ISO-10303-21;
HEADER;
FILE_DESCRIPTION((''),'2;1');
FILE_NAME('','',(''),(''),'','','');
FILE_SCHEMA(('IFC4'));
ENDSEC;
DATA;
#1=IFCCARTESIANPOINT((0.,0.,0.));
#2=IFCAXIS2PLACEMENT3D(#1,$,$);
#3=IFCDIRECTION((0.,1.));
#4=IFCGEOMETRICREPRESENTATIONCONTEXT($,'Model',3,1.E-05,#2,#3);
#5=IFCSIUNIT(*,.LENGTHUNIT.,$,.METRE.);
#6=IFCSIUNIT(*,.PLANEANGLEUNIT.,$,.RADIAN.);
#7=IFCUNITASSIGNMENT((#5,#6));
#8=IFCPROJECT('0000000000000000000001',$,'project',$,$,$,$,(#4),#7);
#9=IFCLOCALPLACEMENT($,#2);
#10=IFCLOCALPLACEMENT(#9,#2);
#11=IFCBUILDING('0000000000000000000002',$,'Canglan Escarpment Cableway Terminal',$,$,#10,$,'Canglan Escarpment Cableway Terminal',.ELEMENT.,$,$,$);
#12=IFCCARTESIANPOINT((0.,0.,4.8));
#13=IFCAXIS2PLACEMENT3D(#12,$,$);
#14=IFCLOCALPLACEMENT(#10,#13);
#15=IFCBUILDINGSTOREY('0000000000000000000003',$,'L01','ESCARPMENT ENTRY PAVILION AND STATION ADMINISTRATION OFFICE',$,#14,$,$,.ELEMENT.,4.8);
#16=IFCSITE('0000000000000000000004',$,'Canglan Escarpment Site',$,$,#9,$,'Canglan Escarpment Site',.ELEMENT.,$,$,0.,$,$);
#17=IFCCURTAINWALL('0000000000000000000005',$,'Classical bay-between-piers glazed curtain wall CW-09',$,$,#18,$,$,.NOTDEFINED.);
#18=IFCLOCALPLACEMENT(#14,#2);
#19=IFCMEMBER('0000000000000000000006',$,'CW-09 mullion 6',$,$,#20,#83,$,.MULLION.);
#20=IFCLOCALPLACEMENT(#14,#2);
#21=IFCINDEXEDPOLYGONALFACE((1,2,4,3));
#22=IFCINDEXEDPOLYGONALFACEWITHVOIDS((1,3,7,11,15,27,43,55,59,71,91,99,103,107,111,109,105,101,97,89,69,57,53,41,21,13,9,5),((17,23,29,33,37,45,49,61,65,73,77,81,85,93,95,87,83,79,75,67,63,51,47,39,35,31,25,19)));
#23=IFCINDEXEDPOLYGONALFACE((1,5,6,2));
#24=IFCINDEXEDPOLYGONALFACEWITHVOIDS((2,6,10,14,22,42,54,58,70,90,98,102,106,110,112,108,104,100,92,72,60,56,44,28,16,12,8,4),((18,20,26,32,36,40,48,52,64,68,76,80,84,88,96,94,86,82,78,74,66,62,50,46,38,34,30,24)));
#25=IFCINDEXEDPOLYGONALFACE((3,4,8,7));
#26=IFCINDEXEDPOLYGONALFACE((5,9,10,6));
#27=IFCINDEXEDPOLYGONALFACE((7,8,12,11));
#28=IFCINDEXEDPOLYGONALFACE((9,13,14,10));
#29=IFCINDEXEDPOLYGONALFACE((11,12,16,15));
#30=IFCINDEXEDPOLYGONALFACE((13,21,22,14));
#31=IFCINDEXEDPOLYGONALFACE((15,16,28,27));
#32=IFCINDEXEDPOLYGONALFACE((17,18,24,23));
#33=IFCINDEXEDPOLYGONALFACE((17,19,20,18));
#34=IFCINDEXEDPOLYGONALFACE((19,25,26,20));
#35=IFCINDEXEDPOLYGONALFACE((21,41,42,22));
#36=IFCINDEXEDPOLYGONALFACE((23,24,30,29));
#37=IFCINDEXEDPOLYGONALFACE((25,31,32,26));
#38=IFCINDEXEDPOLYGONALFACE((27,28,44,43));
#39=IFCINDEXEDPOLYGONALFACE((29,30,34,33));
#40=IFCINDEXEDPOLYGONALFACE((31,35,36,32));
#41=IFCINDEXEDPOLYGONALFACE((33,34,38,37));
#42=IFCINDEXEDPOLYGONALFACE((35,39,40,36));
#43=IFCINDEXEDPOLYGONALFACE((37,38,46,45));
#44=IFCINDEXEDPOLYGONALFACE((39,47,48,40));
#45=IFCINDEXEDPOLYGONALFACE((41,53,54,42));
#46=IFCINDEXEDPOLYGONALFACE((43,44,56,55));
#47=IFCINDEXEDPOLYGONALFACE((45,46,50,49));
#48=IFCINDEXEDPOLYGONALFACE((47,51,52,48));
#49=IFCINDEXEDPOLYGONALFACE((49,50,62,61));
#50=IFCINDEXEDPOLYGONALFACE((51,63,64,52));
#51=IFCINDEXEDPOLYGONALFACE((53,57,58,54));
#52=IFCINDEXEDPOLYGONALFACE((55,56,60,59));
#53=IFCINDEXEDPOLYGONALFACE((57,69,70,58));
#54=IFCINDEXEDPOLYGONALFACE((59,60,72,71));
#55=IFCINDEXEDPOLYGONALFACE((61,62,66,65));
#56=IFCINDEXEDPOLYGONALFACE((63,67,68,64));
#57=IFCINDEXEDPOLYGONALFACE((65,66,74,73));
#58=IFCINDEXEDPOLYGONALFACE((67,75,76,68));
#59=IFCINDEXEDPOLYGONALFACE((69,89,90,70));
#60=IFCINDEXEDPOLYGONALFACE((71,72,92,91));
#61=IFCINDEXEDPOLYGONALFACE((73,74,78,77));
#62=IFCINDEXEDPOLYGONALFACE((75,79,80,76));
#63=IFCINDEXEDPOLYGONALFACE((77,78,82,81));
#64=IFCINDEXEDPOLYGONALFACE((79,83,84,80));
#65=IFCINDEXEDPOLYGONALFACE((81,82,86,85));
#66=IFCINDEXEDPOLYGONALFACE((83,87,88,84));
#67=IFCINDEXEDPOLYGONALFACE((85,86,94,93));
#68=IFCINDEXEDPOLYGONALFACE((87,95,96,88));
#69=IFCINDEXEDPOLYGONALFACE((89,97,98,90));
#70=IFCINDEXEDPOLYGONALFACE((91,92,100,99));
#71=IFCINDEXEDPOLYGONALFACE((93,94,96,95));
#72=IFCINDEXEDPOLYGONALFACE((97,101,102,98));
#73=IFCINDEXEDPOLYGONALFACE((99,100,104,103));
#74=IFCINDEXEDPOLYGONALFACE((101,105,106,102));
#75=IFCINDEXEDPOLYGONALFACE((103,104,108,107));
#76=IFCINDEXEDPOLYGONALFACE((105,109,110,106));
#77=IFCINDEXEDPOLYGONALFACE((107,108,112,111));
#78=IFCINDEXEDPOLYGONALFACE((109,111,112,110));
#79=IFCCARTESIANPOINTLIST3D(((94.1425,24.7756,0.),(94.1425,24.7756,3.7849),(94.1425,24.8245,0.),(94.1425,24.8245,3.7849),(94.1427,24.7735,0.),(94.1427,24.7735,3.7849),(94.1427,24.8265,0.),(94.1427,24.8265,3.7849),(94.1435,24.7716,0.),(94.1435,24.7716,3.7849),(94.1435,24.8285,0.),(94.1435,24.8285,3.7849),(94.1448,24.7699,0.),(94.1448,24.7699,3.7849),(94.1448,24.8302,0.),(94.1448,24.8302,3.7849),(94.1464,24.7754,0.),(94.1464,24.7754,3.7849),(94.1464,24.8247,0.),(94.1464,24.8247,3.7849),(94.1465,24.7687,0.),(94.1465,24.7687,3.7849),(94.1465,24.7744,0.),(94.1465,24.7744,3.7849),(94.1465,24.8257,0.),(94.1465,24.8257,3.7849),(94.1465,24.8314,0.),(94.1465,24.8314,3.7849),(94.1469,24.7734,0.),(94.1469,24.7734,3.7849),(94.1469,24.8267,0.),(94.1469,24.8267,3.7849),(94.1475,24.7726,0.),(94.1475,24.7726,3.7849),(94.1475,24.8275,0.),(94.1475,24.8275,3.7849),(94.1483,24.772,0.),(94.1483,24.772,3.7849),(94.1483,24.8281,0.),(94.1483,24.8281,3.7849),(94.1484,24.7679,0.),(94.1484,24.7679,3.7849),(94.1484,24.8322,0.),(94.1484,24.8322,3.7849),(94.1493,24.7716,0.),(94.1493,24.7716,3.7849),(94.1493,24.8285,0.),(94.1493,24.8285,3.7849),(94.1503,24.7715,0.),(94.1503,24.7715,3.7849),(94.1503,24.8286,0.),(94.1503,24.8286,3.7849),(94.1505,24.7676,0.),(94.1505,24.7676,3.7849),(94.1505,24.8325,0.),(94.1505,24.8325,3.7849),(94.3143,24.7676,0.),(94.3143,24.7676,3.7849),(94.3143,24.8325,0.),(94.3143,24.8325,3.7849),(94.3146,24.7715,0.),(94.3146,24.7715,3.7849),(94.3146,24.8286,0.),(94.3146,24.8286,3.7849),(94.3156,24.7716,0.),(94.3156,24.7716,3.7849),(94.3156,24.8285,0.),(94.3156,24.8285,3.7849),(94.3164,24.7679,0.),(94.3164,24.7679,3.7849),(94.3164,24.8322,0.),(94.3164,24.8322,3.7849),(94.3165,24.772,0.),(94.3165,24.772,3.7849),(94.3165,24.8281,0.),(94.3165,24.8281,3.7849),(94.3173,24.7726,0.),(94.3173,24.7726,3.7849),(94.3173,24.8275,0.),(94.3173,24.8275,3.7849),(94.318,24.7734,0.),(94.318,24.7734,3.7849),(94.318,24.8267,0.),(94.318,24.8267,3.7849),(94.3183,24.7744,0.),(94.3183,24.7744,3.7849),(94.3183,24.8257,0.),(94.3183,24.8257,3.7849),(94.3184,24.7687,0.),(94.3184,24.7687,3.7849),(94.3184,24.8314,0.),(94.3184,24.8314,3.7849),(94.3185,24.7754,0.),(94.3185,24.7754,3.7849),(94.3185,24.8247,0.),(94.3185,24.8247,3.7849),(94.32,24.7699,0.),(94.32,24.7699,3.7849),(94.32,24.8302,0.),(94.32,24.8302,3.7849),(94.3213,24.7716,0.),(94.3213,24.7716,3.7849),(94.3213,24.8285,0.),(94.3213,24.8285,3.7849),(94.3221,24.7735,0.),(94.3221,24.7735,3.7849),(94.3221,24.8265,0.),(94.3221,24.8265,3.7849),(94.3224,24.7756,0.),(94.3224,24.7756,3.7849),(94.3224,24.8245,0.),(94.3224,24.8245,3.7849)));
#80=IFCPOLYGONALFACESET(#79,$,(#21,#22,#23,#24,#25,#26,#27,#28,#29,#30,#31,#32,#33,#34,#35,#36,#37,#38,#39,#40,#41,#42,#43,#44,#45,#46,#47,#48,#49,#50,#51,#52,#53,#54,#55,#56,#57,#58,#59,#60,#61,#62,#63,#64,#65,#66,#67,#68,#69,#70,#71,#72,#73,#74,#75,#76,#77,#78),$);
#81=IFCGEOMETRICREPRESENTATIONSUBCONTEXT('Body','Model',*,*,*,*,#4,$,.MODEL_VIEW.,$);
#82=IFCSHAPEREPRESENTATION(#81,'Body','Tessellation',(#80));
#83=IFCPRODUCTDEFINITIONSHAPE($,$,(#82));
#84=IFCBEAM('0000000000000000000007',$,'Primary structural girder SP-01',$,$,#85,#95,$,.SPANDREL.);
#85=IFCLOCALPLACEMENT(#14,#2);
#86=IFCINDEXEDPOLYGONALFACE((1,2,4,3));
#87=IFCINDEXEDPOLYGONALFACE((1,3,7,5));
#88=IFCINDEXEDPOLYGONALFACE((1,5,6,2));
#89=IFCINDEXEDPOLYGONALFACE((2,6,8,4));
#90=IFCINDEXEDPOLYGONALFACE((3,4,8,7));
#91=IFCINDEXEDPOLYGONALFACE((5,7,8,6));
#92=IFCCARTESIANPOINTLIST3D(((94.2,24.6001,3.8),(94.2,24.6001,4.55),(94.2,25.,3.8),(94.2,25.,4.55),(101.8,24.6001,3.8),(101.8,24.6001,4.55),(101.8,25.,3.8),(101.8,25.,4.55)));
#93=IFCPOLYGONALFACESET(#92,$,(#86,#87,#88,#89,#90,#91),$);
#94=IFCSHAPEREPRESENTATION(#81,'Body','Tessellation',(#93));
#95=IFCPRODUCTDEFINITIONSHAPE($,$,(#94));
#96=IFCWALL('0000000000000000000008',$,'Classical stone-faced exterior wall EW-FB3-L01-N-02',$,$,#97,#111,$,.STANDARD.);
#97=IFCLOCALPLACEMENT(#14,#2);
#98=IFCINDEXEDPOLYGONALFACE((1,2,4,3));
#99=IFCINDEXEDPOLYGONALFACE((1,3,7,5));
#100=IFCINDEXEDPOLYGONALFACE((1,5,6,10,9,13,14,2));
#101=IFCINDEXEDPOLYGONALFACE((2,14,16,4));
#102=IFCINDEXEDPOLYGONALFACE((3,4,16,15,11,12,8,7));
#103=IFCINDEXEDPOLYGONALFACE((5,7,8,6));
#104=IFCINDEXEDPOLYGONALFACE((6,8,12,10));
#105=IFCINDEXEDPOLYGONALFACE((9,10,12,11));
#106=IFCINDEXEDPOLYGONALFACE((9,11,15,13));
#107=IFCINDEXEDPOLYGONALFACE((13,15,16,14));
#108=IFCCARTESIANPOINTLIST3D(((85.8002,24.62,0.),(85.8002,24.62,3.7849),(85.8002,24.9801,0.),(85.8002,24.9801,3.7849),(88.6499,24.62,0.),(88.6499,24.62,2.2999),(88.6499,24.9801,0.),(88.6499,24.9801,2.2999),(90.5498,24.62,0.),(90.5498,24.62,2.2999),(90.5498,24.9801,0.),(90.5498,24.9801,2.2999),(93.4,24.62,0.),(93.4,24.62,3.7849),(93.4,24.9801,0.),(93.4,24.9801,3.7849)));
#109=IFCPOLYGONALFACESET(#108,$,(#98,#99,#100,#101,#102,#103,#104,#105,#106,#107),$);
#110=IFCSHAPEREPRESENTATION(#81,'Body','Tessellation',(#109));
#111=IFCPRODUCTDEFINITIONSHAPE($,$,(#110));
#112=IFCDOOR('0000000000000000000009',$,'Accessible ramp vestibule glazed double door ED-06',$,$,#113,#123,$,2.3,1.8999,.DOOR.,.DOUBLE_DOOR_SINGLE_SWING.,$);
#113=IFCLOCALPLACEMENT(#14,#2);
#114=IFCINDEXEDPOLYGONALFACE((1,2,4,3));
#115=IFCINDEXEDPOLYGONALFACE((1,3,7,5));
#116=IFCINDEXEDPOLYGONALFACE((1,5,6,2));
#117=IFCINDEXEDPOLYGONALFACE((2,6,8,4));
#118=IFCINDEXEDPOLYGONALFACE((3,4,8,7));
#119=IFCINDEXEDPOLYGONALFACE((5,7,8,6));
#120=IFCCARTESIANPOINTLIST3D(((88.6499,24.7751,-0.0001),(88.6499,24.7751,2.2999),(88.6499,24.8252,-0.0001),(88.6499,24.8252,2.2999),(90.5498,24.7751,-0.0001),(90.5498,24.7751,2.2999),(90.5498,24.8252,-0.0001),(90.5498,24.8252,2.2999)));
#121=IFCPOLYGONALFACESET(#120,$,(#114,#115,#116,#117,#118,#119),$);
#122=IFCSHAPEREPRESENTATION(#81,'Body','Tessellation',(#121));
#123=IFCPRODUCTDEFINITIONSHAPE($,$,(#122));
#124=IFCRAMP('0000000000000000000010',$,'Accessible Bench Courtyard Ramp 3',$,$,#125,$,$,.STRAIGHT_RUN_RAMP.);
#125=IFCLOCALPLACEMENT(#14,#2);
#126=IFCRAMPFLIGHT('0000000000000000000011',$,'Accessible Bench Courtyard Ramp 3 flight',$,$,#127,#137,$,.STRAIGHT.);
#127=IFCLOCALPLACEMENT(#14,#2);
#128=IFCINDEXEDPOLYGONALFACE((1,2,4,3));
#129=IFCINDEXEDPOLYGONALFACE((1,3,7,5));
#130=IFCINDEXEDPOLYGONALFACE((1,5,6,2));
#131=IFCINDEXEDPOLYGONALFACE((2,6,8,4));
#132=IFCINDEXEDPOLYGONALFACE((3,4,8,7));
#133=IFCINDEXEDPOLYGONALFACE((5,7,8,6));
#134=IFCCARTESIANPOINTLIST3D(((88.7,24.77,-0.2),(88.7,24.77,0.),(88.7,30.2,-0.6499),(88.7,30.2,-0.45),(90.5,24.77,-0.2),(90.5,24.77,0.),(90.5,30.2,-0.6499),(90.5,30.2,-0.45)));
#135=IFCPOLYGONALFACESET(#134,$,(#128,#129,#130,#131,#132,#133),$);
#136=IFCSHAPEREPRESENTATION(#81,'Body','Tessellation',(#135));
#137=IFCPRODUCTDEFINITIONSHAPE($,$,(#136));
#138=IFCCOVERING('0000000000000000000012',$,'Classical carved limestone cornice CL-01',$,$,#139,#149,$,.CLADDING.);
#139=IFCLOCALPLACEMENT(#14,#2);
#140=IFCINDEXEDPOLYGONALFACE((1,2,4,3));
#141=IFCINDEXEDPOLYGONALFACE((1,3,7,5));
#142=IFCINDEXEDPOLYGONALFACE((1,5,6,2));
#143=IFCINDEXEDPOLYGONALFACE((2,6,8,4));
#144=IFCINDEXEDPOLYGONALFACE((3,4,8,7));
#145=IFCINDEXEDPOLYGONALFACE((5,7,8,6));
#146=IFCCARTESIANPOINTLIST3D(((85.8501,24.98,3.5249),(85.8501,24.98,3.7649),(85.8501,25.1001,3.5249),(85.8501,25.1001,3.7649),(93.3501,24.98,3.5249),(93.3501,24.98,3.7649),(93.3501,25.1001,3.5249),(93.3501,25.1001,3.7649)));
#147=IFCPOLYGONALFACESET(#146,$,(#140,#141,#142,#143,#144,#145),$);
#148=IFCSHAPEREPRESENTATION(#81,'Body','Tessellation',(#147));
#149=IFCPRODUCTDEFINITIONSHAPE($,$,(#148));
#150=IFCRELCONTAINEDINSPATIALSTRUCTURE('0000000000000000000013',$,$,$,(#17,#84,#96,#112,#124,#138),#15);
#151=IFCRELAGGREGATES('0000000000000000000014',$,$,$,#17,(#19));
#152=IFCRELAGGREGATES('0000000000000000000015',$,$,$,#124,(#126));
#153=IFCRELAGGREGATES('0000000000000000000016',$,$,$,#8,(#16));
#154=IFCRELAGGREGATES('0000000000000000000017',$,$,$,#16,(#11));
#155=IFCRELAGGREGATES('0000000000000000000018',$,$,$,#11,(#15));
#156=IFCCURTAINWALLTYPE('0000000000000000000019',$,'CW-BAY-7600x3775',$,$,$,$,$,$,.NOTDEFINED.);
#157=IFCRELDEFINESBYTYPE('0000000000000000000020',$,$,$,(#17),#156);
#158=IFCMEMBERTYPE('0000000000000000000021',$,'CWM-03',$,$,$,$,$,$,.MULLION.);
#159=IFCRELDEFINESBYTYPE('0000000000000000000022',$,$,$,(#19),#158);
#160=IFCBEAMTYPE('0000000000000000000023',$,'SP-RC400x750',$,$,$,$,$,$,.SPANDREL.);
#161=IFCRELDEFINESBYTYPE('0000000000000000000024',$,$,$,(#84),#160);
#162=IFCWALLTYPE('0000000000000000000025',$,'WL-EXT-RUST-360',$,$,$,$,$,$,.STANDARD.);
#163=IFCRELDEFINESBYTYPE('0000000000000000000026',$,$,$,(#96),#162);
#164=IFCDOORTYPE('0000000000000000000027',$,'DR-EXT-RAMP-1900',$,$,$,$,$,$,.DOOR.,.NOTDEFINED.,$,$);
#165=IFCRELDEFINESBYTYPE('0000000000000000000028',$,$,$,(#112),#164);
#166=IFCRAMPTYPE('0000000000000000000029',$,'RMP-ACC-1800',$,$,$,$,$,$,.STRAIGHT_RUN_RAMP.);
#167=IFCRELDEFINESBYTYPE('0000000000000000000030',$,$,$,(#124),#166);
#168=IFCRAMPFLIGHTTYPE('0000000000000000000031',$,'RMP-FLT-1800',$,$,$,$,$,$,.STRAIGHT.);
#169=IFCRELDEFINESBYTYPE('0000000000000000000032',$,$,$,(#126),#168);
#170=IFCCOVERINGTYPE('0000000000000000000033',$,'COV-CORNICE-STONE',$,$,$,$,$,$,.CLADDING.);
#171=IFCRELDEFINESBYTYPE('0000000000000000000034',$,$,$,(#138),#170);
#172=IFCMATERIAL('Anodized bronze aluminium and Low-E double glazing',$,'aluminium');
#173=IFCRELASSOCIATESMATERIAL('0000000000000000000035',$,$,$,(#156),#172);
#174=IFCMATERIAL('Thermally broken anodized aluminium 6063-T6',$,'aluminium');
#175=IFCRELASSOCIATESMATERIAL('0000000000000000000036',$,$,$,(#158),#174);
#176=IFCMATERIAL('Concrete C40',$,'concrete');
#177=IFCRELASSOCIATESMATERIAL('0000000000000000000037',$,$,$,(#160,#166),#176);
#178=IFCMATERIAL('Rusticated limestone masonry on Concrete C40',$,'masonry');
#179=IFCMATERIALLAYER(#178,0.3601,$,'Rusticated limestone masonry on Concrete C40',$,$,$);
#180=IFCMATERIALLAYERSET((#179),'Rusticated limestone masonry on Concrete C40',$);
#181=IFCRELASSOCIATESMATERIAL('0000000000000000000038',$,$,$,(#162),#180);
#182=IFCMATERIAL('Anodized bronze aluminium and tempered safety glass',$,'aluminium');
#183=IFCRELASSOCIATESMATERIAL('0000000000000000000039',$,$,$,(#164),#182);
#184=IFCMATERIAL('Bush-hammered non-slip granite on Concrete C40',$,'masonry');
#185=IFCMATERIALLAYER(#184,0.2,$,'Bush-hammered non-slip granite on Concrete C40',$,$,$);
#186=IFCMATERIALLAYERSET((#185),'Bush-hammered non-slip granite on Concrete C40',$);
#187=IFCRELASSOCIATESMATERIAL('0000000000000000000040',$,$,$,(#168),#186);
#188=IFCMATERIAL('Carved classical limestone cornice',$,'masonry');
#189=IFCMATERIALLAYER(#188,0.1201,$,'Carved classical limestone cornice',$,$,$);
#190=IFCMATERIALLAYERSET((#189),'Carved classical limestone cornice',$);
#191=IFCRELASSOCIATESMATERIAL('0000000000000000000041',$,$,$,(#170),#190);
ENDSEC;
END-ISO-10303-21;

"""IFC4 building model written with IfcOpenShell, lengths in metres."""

from ifc_helpers import new_model, si_unit, direction, frame, frame_2d, origin, origin_2d, place, context, subcontext, project, spatial, polyline, rectangle, hollow_rectangle, outline, extrude, material, layer, layer_set, material_profile, profile_set, type_object, element, fill, aggregate, save


model = new_model("IFC4")

# Units and contexts
model_context = context("Model", 3, precision=1e-05, world=origin(), true_north=direction((0.0, 1.0)))
body_context = subcontext(model_context, "Body", "Model", "MODEL_VIEW")
ifc_project = project(units=[si_unit("LENGTHUNIT", "METRE"), si_unit("PLANEANGLEUNIT", "RADIAN")], contexts=[model_context])

# Site, building, storey
site_placement = place(None, origin())
site = spatial("IfcSite", under=ifc_project, at=site_placement, Name="Canglan Escarpment Site", LongName="Canglan Escarpment Site", CompositionType="ELEMENT", RefElevation=0.0)
building_placement = place(site_placement, origin())
building = spatial("IfcBuilding", under=site, at=building_placement, Name="Canglan Escarpment Cableway Terminal", LongName="Canglan Escarpment Cableway Terminal", CompositionType="ELEMENT")
storey_placement = place(building_placement, frame((0.0, 0.0, 4.8)))
storey = spatial("IfcBuildingStorey", under=building, at=storey_placement, Name="L01", Description="ESCARPMENT ENTRY PAVILION AND STATION ADMINISTRATION OFFICE", CompositionType="ELEMENT", Elevation=4.8)

# Shared definitions
ifc_material_1 = material(Name="Concrete C40", Category="concrete")

# Curtain wall, member
ifc_material_2 = material(Name="Anodized bronze aluminium and Low-E double glazing", Category="aluminium")
curtain_wall_type = type_object("IfcCurtainWallType", Name="CW-BAY-7600x3775", PredefinedType="NOTDEFINED", material=ifc_material_2)
curtain_wall_placement = place(storey_placement, origin())
curtain_wall = element("IfcCurtainWall", 1, at=curtain_wall_placement, inside=storey, type_object=curtain_wall_type, Name="Classical bay-between-piers glazed curtain wall CW-09", PredefinedType="NOTDEFINED")
ifc_material_3 = material(Name="Thermally broken anodized aluminium 6063-T6", Category="aluminium")
ifc_material_profile_1 = material_profile(ifc_material_3, hollow_rectangle(XDim=0.0649, YDim=0.1799, WallThickness=0.0039, InnerFilletRadius=0.0039, OuterFilletRadius=0.0081, at=origin_2d()), Name="ALU-MULL 65x180x4")
ifc_profile_set_1 = profile_set([ifc_material_profile_1], Name="Thermally broken anodized aluminium 6063-T6")
member_type = type_object("IfcMemberType", Name="CWM-03", PredefinedType="MULLION", material=ifc_profile_set_1)
member_placement = place(storey_placement, frame((94.2324, 24.8, 0.0), z_axis=(0.0, 0.0, 1.0), x_axis=(0.0, -1.0, 0.0)))
member = element("IfcMember", 2, at=member_placement, type_object=member_type, Name="CW-09 mullion 6", PredefinedType="MULLION", context=body_context, shape_type="SweptSolid", body=[
    extrude(hollow_rectangle(XDim=0.0649, YDim=0.1799, WallThickness=0.0039, InnerFilletRadius=0.0039, OuterFilletRadius=0.0081, at=origin_2d()), origin(), (0.0, 0.0, 1.0), 3.7849),
])
aggregate(curtain_wall, [member])

# Beam
ifc_material_profile_2 = material_profile(ifc_material_1, rectangle(XDim=0.3999, YDim=0.75, at=origin_2d()), Name="RC 400x750")
ifc_profile_set_2 = profile_set([ifc_material_profile_2], Name="Concrete C40")
beam_type = type_object("IfcBeamType", Name="SP-RC400x750", PredefinedType="SPANDREL", material=ifc_profile_set_2)
beam_placement = place(storey_placement, frame((94.2, 24.8, 4.175), z_axis=(1.0, 0.0, 0.0), x_axis=(0.0, 1.0, 0.0)))
element("IfcBeam", 3, at=beam_placement, inside=storey, type_object=beam_type, Name="Primary structural girder SP-01", PredefinedType="SPANDREL", context=body_context, shape_type="SweptSolid", body=[
    extrude(rectangle(XDim=0.3999, YDim=0.75, at=origin_2d()), origin(), (0.0, 0.0, 1.0), 7.6001),
])

# Wall, opening, door
ifc_material_4 = material(Name="Rusticated limestone masonry on Concrete C40", Category="masonry")
ifc_layer_1 = layer(ifc_material_4, 0.3601, Name="Rusticated limestone masonry on Concrete C40")
ifc_layer_set_1 = layer_set([ifc_layer_1], Name="Rusticated limestone masonry on Concrete C40")
wall_type = type_object("IfcWallType", Name="WL-EXT-RUST-360", PredefinedType="STANDARD", material=ifc_layer_set_1)
wall_placement = place(storey_placement, frame((93.3999, 24.8, 0.0), z_axis=(0.0, 0.0, 1.0), x_axis=(-1.0, 0.0, 0.0)))
wall = element("IfcWall", 4, at=wall_placement, inside=storey, type_object=wall_type, Name="Classical stone-faced exterior wall EW-FB3-L01-N-02", PredefinedType="STANDARD", context=body_context, shape_type="SweptSolid", body=[
    extrude(rectangle(XDim=7.5999, YDim=0.3601, at=frame_2d((3.7998, 0.0))), origin(), (0.0, 0.0, 1.0), 3.7849),
])
opening_placement = place(wall_placement, frame((2.8501, 0.0, 0.0)))
opening = element("IfcOpeningElement", 5, at=opening_placement, cuts=wall, PredefinedType="OPENING", context=body_context, shape_type="SweptSolid", body=[
    extrude(rectangle(XDim=1.8999, YDim=2.3, at=frame_2d((0.95, 1.1499))), frame((0.0, 0.1899, 0.0), z_axis=(0.0, -1.0, 0.0), x_axis=(1.0, 0.0, 0.0)), (0.0, 0.0, 1.0), 0.3801),
])
ifc_material_5 = material(Name="Anodized bronze aluminium and tempered safety glass", Category="aluminium")
door_type = type_object("IfcDoorType", Name="DR-EXT-RAMP-1900", OperationType="NOTDEFINED", PredefinedType="DOOR", material=ifc_material_5)
door_placement = place(opening_placement, origin())
door = element("IfcDoor", 6, at=door_placement, inside=storey, type_object=door_type, Name="Accessible ramp vestibule glazed double door ED-06", OperationType="DOUBLE_DOOR_SINGLE_SWING", OverallHeight=2.3, OverallWidth=1.8999, PredefinedType="DOOR", context=body_context, shape_type="SweptSolid", body=[
    extrude(rectangle(XDim=1.8999, YDim=2.3, at=frame_2d((0.95, 1.1499))), frame((0.0, 0.0249, 0.0), z_axis=(0.0, -1.0, 0.0), x_axis=(1.0, 0.0, 0.0)), (0.0, 0.0, 1.0), 0.05),
])
fill(opening, door)

# Ramp, ramp flight
ramp_type = type_object("IfcRampType", Name="RMP-ACC-1800", PredefinedType="STRAIGHT_RUN_RAMP", material=ifc_material_1)
ramp_placement = place(storey_placement, origin())
ramp = element("IfcRamp", 7, at=ramp_placement, inside=storey, type_object=ramp_type, Name="Accessible Bench Courtyard Ramp 3", PredefinedType="STRAIGHT_RUN_RAMP")
ifc_material_6 = material(Name="Bush-hammered non-slip granite on Concrete C40", Category="masonry")
ifc_layer_2 = layer(ifc_material_6, 0.2, Name="Bush-hammered non-slip granite on Concrete C40")
ifc_layer_set_2 = layer_set([ifc_layer_2], Name="Bush-hammered non-slip granite on Concrete C40")
ramp_flight_type = type_object("IfcRampFlightType", Name="RMP-FLT-1800", PredefinedType="STRAIGHT", material=ifc_layer_set_2)
ramp_flight_placement = place(storey_placement, frame((89.6001, 30.2, -0.45), z_axis=(0.0, 0.0, 1.0), x_axis=(0.0, -1.0, 0.0)))
ramp_flight = element("IfcRampFlight", 8, at=ramp_flight_placement, type_object=ramp_flight_type, Name="Accessible Bench Courtyard Ramp 3 flight", PredefinedType="STRAIGHT", context=body_context, shape_type="SweptSolid", body=[
    extrude(outline(polyline([(0.0, 0.0), (0.0, -0.2), (5.4299, 0.25), (5.4299, 0.45), (0.0, 0.0)])), frame((0.0, 0.8999, 0.0), z_axis=(0.0, -1.0, 0.0), x_axis=(1.0, 0.0, 0.0)), (0.0, 0.0, 1.0), 1.8),
])
aggregate(ramp, [ramp_flight])

# Covering
ifc_material_7 = material(Name="Carved classical limestone cornice", Category="masonry")
ifc_layer_3 = layer(ifc_material_7, 0.1201, Name="Carved classical limestone cornice")
ifc_layer_set_3 = layer_set([ifc_layer_3], Name="Carved classical limestone cornice")
covering_type = type_object("IfcCoveringType", Name="COV-CORNICE-STONE", PredefinedType="CLADDING", material=ifc_layer_set_3)
covering_placement = place(storey_placement, frame((89.6001, 25.04, 3.5249), z_axis=(0.0, 0.0, 1.0), x_axis=(-1.0, 0.0, 0.0)))
element("IfcCovering", 9, at=covering_placement, inside=storey, type_object=covering_type, Name="Classical carved limestone cornice CL-01", PredefinedType="CLADDING", context=body_context, shape_type="SweptSolid", body=[
    extrude(rectangle(XDim=7.5, YDim=0.1201, at=origin_2d()), origin(), (0.0, 0.0, 1.0), 0.24),
])

save(model, "model.ifc")
